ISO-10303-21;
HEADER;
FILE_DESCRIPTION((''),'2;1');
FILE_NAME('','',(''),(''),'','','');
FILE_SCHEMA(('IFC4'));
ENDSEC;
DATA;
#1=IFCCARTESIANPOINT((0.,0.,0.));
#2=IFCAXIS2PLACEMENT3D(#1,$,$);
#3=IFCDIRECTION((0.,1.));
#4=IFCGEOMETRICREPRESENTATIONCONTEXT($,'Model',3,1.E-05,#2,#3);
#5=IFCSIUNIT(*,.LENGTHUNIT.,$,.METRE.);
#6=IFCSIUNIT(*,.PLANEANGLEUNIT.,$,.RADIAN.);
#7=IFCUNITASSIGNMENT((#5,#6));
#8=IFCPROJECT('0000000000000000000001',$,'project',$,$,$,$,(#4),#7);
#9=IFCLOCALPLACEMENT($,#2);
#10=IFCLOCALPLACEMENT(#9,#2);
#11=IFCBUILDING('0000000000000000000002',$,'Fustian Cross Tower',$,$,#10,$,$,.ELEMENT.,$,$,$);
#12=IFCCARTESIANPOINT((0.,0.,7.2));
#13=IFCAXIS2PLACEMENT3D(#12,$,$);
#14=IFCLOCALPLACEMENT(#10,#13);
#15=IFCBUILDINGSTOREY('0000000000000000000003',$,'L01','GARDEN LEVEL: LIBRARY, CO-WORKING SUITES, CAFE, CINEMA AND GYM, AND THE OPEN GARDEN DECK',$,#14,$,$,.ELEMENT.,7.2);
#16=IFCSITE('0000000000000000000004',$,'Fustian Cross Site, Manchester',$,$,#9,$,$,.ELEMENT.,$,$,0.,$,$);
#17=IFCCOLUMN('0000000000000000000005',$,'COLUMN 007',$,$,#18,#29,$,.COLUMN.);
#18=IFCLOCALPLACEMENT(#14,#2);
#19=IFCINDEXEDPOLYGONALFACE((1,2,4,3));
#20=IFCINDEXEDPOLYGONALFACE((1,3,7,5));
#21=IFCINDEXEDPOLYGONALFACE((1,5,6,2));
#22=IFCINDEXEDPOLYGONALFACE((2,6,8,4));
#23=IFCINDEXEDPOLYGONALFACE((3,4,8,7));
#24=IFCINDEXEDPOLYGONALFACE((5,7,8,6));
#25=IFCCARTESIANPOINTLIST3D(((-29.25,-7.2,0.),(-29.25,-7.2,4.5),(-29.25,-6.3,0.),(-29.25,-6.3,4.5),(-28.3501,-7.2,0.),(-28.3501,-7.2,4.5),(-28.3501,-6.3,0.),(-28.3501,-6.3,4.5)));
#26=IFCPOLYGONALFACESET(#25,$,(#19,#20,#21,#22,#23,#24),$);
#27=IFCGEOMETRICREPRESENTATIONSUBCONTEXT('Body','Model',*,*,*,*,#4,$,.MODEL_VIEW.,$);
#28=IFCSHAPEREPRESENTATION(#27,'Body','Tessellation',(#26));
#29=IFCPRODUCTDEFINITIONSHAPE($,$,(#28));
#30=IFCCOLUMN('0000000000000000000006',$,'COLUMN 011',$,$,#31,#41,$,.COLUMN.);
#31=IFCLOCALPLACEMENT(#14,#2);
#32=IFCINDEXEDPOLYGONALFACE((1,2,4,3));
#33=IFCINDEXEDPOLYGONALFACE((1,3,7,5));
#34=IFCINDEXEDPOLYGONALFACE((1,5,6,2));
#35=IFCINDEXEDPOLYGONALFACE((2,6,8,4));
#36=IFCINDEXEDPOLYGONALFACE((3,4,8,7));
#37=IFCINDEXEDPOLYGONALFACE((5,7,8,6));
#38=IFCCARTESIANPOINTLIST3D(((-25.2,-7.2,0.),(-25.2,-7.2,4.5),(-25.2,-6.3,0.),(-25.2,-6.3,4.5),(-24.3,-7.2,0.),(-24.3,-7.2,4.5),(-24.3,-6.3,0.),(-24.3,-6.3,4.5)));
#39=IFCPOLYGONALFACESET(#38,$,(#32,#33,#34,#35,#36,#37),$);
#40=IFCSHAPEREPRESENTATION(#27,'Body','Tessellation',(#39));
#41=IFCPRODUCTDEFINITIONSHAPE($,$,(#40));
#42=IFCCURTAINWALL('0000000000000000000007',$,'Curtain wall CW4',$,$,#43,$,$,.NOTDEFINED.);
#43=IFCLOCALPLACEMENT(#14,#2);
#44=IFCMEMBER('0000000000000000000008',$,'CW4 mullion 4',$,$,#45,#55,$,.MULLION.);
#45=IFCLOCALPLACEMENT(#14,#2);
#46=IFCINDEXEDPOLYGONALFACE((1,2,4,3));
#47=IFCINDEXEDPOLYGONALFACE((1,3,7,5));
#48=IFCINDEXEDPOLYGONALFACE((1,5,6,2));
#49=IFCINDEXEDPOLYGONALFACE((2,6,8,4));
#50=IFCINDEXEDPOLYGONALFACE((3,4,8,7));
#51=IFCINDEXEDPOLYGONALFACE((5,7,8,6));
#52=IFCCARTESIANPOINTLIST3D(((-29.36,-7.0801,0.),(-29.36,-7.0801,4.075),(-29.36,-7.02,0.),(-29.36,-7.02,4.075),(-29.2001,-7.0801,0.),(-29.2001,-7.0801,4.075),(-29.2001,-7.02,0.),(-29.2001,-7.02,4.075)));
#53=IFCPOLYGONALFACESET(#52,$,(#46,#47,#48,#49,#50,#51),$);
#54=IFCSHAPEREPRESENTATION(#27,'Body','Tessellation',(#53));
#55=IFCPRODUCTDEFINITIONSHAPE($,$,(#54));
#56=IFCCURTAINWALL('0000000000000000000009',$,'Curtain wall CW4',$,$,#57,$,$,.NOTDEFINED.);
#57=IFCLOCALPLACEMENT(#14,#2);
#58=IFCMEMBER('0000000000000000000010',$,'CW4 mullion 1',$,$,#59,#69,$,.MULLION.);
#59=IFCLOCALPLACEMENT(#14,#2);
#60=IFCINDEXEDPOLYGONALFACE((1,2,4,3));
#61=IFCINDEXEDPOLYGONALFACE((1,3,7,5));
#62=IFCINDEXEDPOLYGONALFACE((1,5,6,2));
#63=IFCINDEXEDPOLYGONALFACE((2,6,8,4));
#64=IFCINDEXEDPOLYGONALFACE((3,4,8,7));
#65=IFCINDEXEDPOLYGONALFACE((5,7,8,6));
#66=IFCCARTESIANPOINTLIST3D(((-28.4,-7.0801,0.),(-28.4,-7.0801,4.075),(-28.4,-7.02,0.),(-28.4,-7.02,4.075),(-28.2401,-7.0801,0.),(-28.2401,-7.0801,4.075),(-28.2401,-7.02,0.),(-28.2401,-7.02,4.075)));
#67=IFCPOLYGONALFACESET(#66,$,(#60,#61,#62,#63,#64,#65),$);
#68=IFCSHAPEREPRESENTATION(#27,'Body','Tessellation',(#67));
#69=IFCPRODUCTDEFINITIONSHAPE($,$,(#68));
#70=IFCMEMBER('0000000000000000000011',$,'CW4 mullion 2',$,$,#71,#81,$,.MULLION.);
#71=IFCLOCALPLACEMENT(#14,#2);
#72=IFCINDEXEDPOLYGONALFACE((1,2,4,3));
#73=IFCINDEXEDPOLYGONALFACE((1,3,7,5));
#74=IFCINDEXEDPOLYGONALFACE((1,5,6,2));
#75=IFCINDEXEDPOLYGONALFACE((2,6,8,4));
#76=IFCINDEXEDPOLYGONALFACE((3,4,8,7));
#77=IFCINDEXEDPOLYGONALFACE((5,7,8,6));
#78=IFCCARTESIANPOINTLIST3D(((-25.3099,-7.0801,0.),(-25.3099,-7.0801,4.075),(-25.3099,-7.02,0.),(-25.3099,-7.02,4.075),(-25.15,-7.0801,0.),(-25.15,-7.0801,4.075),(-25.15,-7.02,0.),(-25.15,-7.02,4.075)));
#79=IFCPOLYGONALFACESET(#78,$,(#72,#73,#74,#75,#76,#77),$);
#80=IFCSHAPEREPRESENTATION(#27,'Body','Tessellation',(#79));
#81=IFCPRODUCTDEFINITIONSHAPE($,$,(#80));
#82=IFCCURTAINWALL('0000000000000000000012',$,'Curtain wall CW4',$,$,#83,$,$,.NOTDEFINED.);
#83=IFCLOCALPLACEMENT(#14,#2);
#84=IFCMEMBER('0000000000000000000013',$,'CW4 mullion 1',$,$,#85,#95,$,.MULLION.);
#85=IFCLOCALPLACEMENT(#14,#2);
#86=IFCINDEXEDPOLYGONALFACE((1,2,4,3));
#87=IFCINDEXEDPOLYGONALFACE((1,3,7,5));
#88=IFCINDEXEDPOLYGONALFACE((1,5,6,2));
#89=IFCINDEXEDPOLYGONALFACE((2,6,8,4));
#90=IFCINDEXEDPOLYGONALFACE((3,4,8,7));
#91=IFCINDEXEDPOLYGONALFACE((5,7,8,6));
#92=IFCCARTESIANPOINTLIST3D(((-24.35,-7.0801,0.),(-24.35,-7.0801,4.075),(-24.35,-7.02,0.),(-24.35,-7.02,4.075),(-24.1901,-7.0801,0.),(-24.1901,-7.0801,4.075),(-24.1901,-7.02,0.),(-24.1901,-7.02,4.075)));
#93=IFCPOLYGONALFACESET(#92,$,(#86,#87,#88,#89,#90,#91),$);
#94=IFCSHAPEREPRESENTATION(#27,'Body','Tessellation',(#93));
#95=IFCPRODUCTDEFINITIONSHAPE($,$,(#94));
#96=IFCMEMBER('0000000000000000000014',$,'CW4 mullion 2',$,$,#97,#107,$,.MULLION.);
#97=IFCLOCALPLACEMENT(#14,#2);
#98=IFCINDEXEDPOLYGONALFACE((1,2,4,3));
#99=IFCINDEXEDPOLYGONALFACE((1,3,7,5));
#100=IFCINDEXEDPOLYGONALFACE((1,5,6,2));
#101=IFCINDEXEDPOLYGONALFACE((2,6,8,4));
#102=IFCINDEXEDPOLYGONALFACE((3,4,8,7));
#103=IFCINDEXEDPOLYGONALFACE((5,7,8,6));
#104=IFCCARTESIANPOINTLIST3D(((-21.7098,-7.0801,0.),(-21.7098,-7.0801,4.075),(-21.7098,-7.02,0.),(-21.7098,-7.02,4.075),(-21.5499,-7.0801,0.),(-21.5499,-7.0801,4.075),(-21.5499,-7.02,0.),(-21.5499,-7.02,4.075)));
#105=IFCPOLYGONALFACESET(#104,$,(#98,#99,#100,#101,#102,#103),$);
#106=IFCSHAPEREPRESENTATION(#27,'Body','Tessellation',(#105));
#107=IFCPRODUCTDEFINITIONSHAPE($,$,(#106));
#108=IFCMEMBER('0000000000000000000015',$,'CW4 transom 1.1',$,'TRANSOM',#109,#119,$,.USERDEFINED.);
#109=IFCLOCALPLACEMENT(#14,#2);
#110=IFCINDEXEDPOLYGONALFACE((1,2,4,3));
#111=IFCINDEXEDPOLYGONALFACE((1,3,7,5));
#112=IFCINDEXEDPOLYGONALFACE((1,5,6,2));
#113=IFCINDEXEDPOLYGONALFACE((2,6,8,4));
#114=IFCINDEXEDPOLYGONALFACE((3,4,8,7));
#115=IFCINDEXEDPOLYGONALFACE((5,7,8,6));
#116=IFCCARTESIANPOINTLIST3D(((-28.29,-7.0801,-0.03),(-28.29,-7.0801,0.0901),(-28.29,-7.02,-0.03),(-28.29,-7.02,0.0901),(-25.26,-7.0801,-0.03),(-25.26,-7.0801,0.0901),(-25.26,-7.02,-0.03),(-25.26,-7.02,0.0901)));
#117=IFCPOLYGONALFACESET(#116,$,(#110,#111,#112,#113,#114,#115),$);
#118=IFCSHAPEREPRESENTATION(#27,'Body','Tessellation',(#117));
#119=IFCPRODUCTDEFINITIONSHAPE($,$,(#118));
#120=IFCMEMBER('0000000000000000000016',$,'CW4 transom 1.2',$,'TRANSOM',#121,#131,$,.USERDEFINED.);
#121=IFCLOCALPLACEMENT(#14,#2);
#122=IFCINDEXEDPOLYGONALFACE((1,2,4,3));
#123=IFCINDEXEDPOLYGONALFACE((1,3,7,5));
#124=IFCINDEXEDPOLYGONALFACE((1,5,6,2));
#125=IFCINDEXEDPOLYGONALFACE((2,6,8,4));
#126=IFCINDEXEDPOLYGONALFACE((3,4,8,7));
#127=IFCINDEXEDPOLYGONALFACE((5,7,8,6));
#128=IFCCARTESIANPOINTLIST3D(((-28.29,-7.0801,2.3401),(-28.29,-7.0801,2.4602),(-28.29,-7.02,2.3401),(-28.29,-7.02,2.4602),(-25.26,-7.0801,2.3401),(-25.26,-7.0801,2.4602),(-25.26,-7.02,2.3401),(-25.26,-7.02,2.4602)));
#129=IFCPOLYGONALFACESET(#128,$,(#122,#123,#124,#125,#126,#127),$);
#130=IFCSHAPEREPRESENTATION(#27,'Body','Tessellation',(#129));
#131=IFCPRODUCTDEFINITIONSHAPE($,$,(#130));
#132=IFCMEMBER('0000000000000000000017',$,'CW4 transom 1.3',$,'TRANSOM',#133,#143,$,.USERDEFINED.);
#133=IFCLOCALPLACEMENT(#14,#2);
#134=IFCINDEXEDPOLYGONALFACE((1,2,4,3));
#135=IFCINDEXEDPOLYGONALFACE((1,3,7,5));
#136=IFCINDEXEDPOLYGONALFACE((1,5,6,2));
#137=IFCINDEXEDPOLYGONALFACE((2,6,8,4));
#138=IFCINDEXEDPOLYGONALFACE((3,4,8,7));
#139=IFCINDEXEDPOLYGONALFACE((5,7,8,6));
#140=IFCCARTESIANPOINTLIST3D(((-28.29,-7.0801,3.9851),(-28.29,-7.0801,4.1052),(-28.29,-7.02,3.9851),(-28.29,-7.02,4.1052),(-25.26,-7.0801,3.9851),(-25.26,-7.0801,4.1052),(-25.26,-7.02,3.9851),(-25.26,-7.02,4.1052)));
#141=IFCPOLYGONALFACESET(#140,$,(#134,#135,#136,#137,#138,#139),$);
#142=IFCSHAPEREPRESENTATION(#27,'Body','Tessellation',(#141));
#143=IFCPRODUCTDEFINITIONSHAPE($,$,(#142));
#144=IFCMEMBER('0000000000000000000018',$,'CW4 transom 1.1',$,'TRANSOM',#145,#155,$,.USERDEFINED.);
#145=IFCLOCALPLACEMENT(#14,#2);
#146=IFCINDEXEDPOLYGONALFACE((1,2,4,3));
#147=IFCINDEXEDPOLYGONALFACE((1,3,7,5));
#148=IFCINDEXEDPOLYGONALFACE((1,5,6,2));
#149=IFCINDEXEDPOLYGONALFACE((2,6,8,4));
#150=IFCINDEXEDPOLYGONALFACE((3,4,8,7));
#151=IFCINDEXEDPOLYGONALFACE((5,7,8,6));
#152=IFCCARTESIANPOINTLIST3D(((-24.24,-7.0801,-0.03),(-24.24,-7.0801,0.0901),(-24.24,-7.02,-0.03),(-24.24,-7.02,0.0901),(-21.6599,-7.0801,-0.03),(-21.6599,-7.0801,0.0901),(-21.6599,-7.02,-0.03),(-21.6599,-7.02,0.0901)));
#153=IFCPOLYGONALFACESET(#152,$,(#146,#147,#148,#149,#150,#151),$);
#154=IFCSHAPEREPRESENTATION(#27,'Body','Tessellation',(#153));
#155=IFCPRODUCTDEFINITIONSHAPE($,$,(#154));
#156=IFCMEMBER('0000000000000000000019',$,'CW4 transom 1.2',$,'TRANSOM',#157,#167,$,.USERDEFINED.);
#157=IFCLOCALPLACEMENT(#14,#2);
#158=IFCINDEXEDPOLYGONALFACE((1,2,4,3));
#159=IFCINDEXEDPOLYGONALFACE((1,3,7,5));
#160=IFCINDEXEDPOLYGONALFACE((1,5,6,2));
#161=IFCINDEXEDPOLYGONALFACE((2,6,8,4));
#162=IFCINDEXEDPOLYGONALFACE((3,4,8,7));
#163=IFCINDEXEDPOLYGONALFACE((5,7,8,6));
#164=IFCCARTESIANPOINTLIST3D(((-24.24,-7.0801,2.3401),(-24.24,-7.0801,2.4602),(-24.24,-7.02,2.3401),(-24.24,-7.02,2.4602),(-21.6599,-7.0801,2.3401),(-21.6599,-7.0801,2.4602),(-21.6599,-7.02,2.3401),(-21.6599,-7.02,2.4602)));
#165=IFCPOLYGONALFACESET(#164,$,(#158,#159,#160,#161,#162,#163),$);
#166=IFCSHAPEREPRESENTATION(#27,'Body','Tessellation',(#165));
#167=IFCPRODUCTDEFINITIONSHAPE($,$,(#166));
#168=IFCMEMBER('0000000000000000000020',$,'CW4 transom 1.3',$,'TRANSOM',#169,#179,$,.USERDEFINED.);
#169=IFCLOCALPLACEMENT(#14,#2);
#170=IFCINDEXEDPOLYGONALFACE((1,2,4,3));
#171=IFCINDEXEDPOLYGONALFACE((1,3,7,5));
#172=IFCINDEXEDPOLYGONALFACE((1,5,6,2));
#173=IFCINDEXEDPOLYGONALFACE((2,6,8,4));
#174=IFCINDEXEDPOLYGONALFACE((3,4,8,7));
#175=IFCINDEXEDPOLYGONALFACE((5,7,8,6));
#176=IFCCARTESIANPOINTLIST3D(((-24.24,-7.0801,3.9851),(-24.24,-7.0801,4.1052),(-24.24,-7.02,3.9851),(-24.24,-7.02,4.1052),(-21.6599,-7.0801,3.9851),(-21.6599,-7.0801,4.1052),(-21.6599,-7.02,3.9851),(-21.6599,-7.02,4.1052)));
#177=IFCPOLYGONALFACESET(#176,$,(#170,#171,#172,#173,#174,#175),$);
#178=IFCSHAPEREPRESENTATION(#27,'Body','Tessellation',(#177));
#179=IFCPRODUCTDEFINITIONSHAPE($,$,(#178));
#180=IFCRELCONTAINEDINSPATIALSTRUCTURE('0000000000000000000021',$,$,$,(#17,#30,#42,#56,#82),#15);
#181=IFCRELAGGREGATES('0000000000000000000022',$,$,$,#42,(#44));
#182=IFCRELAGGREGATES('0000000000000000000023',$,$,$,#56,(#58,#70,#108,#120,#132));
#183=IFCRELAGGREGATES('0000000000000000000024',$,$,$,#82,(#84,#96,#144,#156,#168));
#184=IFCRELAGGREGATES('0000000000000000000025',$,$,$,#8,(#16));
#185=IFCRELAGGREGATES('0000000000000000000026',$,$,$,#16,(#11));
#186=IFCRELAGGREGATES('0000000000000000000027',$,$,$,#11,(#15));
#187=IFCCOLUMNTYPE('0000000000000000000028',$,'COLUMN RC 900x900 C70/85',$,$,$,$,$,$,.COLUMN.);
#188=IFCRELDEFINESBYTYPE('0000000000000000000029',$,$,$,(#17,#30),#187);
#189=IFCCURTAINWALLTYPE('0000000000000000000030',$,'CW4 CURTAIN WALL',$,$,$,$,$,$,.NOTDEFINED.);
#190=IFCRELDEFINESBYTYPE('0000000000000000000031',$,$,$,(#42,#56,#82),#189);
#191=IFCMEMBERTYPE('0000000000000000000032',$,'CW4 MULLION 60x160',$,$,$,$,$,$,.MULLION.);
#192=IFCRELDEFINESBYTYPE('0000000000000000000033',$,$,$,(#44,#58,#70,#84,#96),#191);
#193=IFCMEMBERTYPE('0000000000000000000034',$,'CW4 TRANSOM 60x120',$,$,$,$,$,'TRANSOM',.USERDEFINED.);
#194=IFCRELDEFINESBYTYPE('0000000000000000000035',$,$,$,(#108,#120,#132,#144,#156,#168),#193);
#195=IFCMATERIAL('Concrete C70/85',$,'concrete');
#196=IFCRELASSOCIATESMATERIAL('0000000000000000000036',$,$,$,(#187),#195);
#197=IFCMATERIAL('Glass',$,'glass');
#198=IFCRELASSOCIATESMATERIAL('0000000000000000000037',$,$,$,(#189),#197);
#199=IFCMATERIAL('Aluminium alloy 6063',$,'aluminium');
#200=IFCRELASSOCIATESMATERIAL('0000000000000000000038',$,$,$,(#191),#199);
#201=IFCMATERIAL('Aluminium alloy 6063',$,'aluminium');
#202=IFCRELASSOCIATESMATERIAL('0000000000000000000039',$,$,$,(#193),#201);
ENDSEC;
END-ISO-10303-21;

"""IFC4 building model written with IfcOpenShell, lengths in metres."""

from ifc_helpers import new_model, si_unit, direction, frame, origin, origin_2d, place, context, subcontext, project, spatial, rectangle, extrude, material, material_profile, profile_set, type_object, element, aggregate, save


model = new_model("IFC4")

# Units and contexts
model_context = context("Model", 3, precision=1e-05, world=origin(), true_north=direction((0.0, 1.0)))
body_context = subcontext(model_context, "Body", "Model", "MODEL_VIEW")
ifc_project = project(units=[si_unit("LENGTHUNIT", "METRE"), si_unit("PLANEANGLEUNIT", "RADIAN")], contexts=[model_context])

# Site, building, storey
site_placement = place(None, origin())
site = spatial("IfcSite", under=ifc_project, at=site_placement, Name="Fustian Cross Site, Manchester", CompositionType="ELEMENT", RefElevation=0.0)
building_placement = place(site_placement, origin())
building = spatial("IfcBuilding", under=site, at=building_placement, Name="Fustian Cross Tower", CompositionType="ELEMENT")
storey_placement = place(building_placement, frame((0.0, 0.0, 7.2)))
storey = spatial("IfcBuildingStorey", under=building, at=storey_placement, Name="L01", Description="GARDEN LEVEL: LIBRARY, CO-WORKING SUITES, CAFE, CINEMA AND GYM, AND THE OPEN GARDEN DECK", CompositionType="ELEMENT", Elevation=7.2)

# Columns
ifc_material_1 = material(Name="Concrete C70/85", Category="concrete")
ifc_material_profile_1 = material_profile(ifc_material_1, rectangle(XDim=0.8999, YDim=0.8999, at=origin_2d()), Name="RC 900x900")
ifc_profile_set_1 = profile_set([ifc_material_profile_1], Name="Concrete C70/85")
column_type = type_object("IfcColumnType", Name="COLUMN RC 900x900 C70/85", PredefinedType="COLUMN", material=ifc_profile_set_1)
for number, where, z_axis, x_axis, name in (
    (1, (-28.8, -6.75, 0.0), (0.0, 0.0, 1.0), (1.0, 0.0, 0.0), "COLUMN 007"),
    (2, (-24.75, -6.75, 0.0), (0.0, 0.0, 1.0), (1.0, 0.0, 0.0), "COLUMN 011"),
):
    element("IfcColumn", number, at=place(storey_placement, frame(where, z_axis=z_axis, x_axis=x_axis)), inside=storey, type_object=column_type, Name=name, PredefinedType="COLUMN", context=body_context, shape_type="SweptSolid", body=[
        extrude(rectangle(XDim=0.8999, YDim=0.8999, at=origin_2d()), origin(), (0.0, 0.0, 1.0), 4.5),
    ])

# Curtain wall, member
ifc_material_2 = material(Name="Glass", Category="glass")
curtain_wall_type = type_object("IfcCurtainWallType", Name="CW4 CURTAIN WALL", PredefinedType="NOTDEFINED", material=ifc_material_2)
curtain_wall_1_placement = place(storey_placement, origin())
curtain_wall_1 = element("IfcCurtainWall", 3, at=curtain_wall_1_placement, inside=storey, type_object=curtain_wall_type, Name="Curtain wall CW4", PredefinedType="NOTDEFINED")
ifc_material_3 = material(Name="Aluminium alloy 6063", Category="aluminium")
ifc_material_profile_2 = material_profile(ifc_material_3, rectangle(XDim=0.0601, YDim=0.1599, at=origin_2d()), Name="CW4 MULLION 60x160")
ifc_profile_set_2 = profile_set([ifc_material_profile_2], Name="Aluminium alloy 6063")
member_type_1 = type_object("IfcMemberType", Name="CW4 MULLION 60x160", PredefinedType="MULLION", material=ifc_profile_set_2)
member_1_placement = place(storey_placement, frame((-29.28, -7.05, 0.0), z_axis=(0.0, 0.0, 1.0), x_axis=(0.0, 1.0, 0.0)))
member_1 = element("IfcMember", 4, at=member_1_placement, type_object=member_type_1, Name="CW4 mullion 4", PredefinedType="MULLION", context=body_context, shape_type="SweptSolid", body=[
    extrude(rectangle(XDim=0.0601, YDim=0.1599, at=origin_2d()), origin(), (0.0, 0.0, 1.0), 4.075),
])
aggregate(curtain_wall_1, [member_1])

# Curtain walls, members
curtain_wall_2_placement = place(storey_placement, origin())
curtain_wall_2 = element("IfcCurtainWall", 5, at=curtain_wall_2_placement, inside=storey, type_object=curtain_wall_type, Name="Curtain wall CW4", PredefinedType="NOTDEFINED")
member_2_placement = place(storey_placement, frame((-28.3201, -7.05, 0.0), z_axis=(0.0, 0.0, 1.0), x_axis=(0.0, 1.0, 0.0)))
member_2 = element("IfcMember", 6, at=member_2_placement, type_object=member_type_1, Name="CW4 mullion 1", PredefinedType="MULLION", context=body_context, shape_type="SweptSolid", body=[
    extrude(rectangle(XDim=0.0601, YDim=0.1599, at=origin_2d()), origin(), (0.0, 0.0, 1.0), 4.075),
])
member_3_placement = place(storey_placement, frame((-25.23, -7.05, 0.0), z_axis=(0.0, 0.0, 1.0), x_axis=(0.0, 1.0, 0.0)))
member_3 = element("IfcMember", 7, at=member_3_placement, type_object=member_type_1, Name="CW4 mullion 2", PredefinedType="MULLION", context=body_context, shape_type="SweptSolid", body=[
    extrude(rectangle(XDim=0.0601, YDim=0.1599, at=origin_2d()), origin(), (0.0, 0.0, 1.0), 4.075),
])
curtain_wall_3_placement = place(storey_placement, origin())
curtain_wall_3 = element("IfcCurtainWall", 8, at=curtain_wall_3_placement, inside=storey, type_object=curtain_wall_type, Name="Curtain wall CW4", PredefinedType="NOTDEFINED")
member_4_placement = place(storey_placement, frame((-24.27, -7.05, 0.0), z_axis=(0.0, 0.0, 1.0), x_axis=(0.0, 1.0, 0.0)))
member_4 = element("IfcMember", 9, at=member_4_placement, type_object=member_type_1, Name="CW4 mullion 1", PredefinedType="MULLION", context=body_context, shape_type="SweptSolid", body=[
    extrude(rectangle(XDim=0.0601, YDim=0.1599, at=origin_2d()), origin(), (0.0, 0.0, 1.0), 4.075),
])
member_5_placement = place(storey_placement, frame((-21.6299, -7.05, 0.0), z_axis=(0.0, 0.0, 1.0), x_axis=(0.0, 1.0, 0.0)))
member_5 = element("IfcMember", 10, at=member_5_placement, type_object=member_type_1, Name="CW4 mullion 2", PredefinedType="MULLION", context=body_context, shape_type="SweptSolid", body=[
    extrude(rectangle(XDim=0.0601, YDim=0.1599, at=origin_2d()), origin(), (0.0, 0.0, 1.0), 4.075),
])

# Members
ifc_material_4 = material(Name="Aluminium alloy 6063", Category="aluminium")
ifc_material_profile_3 = material_profile(ifc_material_4, rectangle(XDim=0.0601, YDim=0.1201, at=origin_2d()), Name="CW4 TRANSOM 60x120")
ifc_profile_set_3 = profile_set([ifc_material_profile_3], Name="Aluminium alloy 6063")
member_type_2 = type_object("IfcMemberType", Name="CW4 TRANSOM 60x120", ElementType="TRANSOM", PredefinedType="USERDEFINED", material=ifc_profile_set_3)
member_6_placement = place(storey_placement, frame((-28.29, -7.05, 0.03), z_axis=(1.0, 0.0, 0.0), x_axis=(0.0, 1.0, 0.0)))
member_6 = element("IfcMember", 11, at=member_6_placement, type_object=member_type_2, Name="CW4 transom 1.1", ObjectType="TRANSOM", PredefinedType="USERDEFINED", context=body_context, shape_type="SweptSolid", body=[
    extrude(rectangle(XDim=0.0601, YDim=0.1201, at=origin_2d()), origin(), (0.0, 0.0, 1.0), 3.03),
])
member_7_placement = place(storey_placement, frame((-28.29, -7.05, 2.4001), z_axis=(1.0, 0.0, 0.0), x_axis=(0.0, 1.0, 0.0)))
member_7 = element("IfcMember", 12, at=member_7_placement, type_object=member_type_2, Name="CW4 transom 1.2", ObjectType="TRANSOM", PredefinedType="USERDEFINED", context=body_context, shape_type="SweptSolid", body=[
    extrude(rectangle(XDim=0.0601, YDim=0.1201, at=origin_2d()), origin(), (0.0, 0.0, 1.0), 3.03),
])
member_8_placement = place(storey_placement, frame((-28.29, -7.05, 4.0452), z_axis=(1.0, 0.0, 0.0), x_axis=(0.0, 1.0, 0.0)))
member_8 = element("IfcMember", 13, at=member_8_placement, type_object=member_type_2, Name="CW4 transom 1.3", ObjectType="TRANSOM", PredefinedType="USERDEFINED", context=body_context, shape_type="SweptSolid", body=[
    extrude(rectangle(XDim=0.0601, YDim=0.1201, at=origin_2d()), origin(), (0.0, 0.0, 1.0), 3.03),
])
member_9_placement = place(storey_placement, frame((-24.24, -7.05, 0.03), z_axis=(1.0, 0.0, 0.0), x_axis=(0.0, 1.0, 0.0)))
member_9 = element("IfcMember", 14, at=member_9_placement, type_object=member_type_2, Name="CW4 transom 1.1", ObjectType="TRANSOM", PredefinedType="USERDEFINED", context=body_context, shape_type="SweptSolid", body=[
    extrude(rectangle(XDim=0.0601, YDim=0.1201, at=origin_2d()), origin(), (0.0, 0.0, 1.0), 2.5801),
])
member_10_placement = place(storey_placement, frame((-24.24, -7.05, 2.4001), z_axis=(1.0, 0.0, 0.0), x_axis=(0.0, 1.0, 0.0)))
member_10 = element("IfcMember", 15, at=member_10_placement, type_object=member_type_2, Name="CW4 transom 1.2", ObjectType="TRANSOM", PredefinedType="USERDEFINED", context=body_context, shape_type="SweptSolid", body=[
    extrude(rectangle(XDim=0.0601, YDim=0.1201, at=origin_2d()), origin(), (0.0, 0.0, 1.0), 2.5801),
])
member_11_placement = place(storey_placement, frame((-24.24, -7.05, 4.0452), z_axis=(1.0, 0.0, 0.0), x_axis=(0.0, 1.0, 0.0)))
member_11 = element("IfcMember", 16, at=member_11_placement, type_object=member_type_2, Name="CW4 transom 1.3", ObjectType="TRANSOM", PredefinedType="USERDEFINED", context=body_context, shape_type="SweptSolid", body=[
    extrude(rectangle(XDim=0.0601, YDim=0.1201, at=origin_2d()), origin(), (0.0, 0.0, 1.0), 2.5801),
])

aggregate(curtain_wall_2, [member_2, member_3, member_6, member_7, member_8])
aggregate(curtain_wall_3, [member_4, member_5, member_9, member_10, member_11])

save(model, "model.ifc")
